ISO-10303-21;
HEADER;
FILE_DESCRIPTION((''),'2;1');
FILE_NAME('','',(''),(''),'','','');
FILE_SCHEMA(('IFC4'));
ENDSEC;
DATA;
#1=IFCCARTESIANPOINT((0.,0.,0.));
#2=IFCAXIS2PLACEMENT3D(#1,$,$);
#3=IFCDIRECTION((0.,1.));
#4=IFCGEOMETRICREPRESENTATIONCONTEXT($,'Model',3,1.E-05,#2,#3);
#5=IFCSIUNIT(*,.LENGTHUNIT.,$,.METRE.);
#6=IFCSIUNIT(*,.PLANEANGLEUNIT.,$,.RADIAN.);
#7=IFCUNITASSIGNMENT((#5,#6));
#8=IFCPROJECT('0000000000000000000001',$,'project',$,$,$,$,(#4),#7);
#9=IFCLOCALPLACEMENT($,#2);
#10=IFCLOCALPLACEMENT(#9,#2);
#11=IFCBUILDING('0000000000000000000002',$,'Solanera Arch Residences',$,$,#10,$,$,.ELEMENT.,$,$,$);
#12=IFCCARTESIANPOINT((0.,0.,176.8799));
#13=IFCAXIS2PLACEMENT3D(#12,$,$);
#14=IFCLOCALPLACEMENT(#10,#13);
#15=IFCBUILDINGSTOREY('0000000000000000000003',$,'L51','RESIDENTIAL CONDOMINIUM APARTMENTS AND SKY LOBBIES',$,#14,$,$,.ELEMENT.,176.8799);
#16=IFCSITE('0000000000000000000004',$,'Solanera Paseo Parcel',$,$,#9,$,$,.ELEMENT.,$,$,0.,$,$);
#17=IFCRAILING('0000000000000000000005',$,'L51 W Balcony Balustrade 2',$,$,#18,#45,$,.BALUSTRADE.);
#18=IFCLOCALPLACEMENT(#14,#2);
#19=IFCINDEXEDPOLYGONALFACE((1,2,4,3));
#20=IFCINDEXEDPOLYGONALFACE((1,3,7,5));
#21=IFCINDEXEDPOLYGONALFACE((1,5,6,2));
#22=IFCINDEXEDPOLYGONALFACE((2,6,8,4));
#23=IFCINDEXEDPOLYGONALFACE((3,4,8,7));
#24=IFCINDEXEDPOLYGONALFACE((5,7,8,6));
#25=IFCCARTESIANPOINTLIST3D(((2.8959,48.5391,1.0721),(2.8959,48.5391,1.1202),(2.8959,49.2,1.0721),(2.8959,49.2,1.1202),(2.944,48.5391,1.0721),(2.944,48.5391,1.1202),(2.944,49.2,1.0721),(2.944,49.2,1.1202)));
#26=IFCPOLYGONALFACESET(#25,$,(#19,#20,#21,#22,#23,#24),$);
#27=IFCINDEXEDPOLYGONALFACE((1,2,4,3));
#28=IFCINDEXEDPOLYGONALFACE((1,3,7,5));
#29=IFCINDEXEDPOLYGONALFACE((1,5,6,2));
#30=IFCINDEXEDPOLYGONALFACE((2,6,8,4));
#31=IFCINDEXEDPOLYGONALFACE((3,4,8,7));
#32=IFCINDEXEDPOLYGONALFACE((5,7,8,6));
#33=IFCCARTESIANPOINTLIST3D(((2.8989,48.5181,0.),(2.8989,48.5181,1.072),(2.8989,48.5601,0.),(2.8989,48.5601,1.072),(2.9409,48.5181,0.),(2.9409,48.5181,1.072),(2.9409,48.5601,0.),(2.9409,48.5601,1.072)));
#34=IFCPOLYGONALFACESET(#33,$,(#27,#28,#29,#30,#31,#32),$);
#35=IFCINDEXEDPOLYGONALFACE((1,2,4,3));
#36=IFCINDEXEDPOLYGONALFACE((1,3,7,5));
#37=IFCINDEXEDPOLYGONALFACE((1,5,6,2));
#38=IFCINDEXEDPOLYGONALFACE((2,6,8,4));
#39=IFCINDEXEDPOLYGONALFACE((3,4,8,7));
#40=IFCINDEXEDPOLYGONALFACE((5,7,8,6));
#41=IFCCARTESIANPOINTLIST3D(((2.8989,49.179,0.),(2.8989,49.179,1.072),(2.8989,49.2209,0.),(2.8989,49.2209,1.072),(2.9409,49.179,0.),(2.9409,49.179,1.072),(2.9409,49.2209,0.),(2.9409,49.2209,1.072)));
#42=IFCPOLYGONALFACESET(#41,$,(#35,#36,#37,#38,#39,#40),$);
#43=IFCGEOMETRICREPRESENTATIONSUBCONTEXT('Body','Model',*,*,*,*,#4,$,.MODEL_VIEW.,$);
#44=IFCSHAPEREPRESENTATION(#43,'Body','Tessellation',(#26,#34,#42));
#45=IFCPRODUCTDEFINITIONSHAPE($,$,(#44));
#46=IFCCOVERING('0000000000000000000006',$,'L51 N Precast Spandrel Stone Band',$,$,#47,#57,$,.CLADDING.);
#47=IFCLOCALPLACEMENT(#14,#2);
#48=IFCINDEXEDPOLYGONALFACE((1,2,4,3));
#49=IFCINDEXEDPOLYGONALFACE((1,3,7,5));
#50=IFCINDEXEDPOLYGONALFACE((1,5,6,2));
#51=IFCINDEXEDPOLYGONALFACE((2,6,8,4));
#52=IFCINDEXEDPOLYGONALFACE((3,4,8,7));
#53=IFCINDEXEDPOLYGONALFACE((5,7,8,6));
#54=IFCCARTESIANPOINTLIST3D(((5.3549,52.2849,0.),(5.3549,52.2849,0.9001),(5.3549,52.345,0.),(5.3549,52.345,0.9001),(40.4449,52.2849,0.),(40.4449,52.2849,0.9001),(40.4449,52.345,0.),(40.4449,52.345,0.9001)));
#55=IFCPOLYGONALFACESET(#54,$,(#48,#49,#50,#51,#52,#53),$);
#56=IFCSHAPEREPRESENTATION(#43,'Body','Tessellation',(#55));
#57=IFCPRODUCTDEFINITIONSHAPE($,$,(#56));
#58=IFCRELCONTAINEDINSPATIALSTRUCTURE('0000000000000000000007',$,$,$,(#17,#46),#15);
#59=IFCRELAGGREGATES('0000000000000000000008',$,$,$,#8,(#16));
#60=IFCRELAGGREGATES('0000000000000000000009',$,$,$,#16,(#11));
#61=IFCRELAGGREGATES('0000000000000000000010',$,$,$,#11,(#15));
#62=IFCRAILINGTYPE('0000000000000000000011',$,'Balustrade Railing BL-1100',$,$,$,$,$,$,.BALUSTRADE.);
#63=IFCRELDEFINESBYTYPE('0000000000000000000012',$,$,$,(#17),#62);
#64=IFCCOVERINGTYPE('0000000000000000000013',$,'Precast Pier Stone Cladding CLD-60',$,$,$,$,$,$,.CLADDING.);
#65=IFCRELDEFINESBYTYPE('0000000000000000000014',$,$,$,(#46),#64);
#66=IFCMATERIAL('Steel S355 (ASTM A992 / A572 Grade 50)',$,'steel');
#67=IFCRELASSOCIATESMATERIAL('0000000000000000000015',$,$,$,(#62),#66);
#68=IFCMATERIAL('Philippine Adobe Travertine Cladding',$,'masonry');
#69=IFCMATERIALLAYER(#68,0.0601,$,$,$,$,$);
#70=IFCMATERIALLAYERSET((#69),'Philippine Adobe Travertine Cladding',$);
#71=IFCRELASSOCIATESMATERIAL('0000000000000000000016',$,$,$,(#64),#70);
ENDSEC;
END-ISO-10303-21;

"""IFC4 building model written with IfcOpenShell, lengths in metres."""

from ifc_helpers import new_model, si_unit, direction, frame, frame_2d, origin, origin_2d, place, context, subcontext, project, spatial, rectangle, extrude, material, layer, layer_set, type_object, element, save


model = new_model("IFC4")

# Units and contexts
model_context = context("Model", 3, precision=1e-05, world=origin(), true_north=direction((0.0, 1.0)))
body_context = subcontext(model_context, "Body", "Model", "MODEL_VIEW")
ifc_project = project(units=[si_unit("LENGTHUNIT", "METRE"), si_unit("PLANEANGLEUNIT", "RADIAN")], contexts=[model_context])

# Site, building, storey
site_placement = place(None, origin())
site = spatial("IfcSite", under=ifc_project, at=site_placement, Name="Solanera Paseo Parcel", CompositionType="ELEMENT", RefElevation=0.0)
building_placement = place(site_placement, origin())
building = spatial("IfcBuilding", under=site, at=building_placement, Name="Solanera Arch Residences", CompositionType="ELEMENT")
storey_placement = place(building_placement, frame((0.0, 0.0, 176.8799)))
storey = spatial("IfcBuildingStorey", under=building, at=storey_placement, Name="L51", Description="RESIDENTIAL CONDOMINIUM APARTMENTS AND SKY LOBBIES", CompositionType="ELEMENT", Elevation=176.8799)

# Railing
ifc_material_1 = material(Name="Steel S355 (ASTM A992 / A572 Grade 50)", Category="steel")
railing_type = type_object("IfcRailingType", Name="Balustrade Railing BL-1100", PredefinedType="BALUSTRADE", material=ifc_material_1)
railing_1_placement = place(storey_placement, frame((2.9199, 48.5391, 0.0)))
element("IfcRailing", 1, at=railing_1_placement, inside=storey, type_object=railing_type, Name="L51 W Balcony Balustrade 2", PredefinedType="BALUSTRADE", context=body_context, shape_type="SweptSolid", body=[
    extrude(rectangle(XDim=0.0481, YDim=0.0481, at=origin_2d()), frame((0.0, 0.0, 1.0962), z_axis=(0.0, 1.0, 0.0), x_axis=(-1.0, 0.0, 0.0)), (0.0, 0.0, 1.0), 0.6609),
    extrude(rectangle(XDim=0.042, YDim=0.042, at=origin_2d()), origin(), (0.0, 0.0, 1.0), 1.072),
    extrude(rectangle(XDim=0.042, YDim=0.042, at=origin_2d()), frame((0.0, 0.6609, 0.0)), (0.0, 0.0, 1.0), 1.072),
])

# Covering
ifc_material_2 = material(Name="Philippine Adobe Travertine Cladding", Category="masonry")
ifc_layer_1 = layer(ifc_material_2, 0.0601)
ifc_layer_set_1 = layer_set([ifc_layer_1], Name="Philippine Adobe Travertine Cladding")
covering_type = type_object("IfcCoveringType", Name="Precast Pier Stone Cladding CLD-60", PredefinedType="CLADDING", material=ifc_layer_set_1)
covering_placement = place(storey_placement, frame((5.355, 52.3149, 0.0), z_axis=(0.0, 0.0, 1.0), x_axis=(1.0, 0.0, 0.0)))
element("IfcCovering", 2, at=covering_placement, inside=storey, type_object=covering_type, Name="L51 N Precast Spandrel Stone Band", PredefinedType="CLADDING", context=body_context, shape_type="SweptSolid", body=[
    extrude(rectangle(XDim=35.0901, YDim=0.0601, at=frame_2d((17.5449, 0.0))), origin(), (0.0, 0.0, 1.0), 0.9001),
])

save(model, "model.ifc")
